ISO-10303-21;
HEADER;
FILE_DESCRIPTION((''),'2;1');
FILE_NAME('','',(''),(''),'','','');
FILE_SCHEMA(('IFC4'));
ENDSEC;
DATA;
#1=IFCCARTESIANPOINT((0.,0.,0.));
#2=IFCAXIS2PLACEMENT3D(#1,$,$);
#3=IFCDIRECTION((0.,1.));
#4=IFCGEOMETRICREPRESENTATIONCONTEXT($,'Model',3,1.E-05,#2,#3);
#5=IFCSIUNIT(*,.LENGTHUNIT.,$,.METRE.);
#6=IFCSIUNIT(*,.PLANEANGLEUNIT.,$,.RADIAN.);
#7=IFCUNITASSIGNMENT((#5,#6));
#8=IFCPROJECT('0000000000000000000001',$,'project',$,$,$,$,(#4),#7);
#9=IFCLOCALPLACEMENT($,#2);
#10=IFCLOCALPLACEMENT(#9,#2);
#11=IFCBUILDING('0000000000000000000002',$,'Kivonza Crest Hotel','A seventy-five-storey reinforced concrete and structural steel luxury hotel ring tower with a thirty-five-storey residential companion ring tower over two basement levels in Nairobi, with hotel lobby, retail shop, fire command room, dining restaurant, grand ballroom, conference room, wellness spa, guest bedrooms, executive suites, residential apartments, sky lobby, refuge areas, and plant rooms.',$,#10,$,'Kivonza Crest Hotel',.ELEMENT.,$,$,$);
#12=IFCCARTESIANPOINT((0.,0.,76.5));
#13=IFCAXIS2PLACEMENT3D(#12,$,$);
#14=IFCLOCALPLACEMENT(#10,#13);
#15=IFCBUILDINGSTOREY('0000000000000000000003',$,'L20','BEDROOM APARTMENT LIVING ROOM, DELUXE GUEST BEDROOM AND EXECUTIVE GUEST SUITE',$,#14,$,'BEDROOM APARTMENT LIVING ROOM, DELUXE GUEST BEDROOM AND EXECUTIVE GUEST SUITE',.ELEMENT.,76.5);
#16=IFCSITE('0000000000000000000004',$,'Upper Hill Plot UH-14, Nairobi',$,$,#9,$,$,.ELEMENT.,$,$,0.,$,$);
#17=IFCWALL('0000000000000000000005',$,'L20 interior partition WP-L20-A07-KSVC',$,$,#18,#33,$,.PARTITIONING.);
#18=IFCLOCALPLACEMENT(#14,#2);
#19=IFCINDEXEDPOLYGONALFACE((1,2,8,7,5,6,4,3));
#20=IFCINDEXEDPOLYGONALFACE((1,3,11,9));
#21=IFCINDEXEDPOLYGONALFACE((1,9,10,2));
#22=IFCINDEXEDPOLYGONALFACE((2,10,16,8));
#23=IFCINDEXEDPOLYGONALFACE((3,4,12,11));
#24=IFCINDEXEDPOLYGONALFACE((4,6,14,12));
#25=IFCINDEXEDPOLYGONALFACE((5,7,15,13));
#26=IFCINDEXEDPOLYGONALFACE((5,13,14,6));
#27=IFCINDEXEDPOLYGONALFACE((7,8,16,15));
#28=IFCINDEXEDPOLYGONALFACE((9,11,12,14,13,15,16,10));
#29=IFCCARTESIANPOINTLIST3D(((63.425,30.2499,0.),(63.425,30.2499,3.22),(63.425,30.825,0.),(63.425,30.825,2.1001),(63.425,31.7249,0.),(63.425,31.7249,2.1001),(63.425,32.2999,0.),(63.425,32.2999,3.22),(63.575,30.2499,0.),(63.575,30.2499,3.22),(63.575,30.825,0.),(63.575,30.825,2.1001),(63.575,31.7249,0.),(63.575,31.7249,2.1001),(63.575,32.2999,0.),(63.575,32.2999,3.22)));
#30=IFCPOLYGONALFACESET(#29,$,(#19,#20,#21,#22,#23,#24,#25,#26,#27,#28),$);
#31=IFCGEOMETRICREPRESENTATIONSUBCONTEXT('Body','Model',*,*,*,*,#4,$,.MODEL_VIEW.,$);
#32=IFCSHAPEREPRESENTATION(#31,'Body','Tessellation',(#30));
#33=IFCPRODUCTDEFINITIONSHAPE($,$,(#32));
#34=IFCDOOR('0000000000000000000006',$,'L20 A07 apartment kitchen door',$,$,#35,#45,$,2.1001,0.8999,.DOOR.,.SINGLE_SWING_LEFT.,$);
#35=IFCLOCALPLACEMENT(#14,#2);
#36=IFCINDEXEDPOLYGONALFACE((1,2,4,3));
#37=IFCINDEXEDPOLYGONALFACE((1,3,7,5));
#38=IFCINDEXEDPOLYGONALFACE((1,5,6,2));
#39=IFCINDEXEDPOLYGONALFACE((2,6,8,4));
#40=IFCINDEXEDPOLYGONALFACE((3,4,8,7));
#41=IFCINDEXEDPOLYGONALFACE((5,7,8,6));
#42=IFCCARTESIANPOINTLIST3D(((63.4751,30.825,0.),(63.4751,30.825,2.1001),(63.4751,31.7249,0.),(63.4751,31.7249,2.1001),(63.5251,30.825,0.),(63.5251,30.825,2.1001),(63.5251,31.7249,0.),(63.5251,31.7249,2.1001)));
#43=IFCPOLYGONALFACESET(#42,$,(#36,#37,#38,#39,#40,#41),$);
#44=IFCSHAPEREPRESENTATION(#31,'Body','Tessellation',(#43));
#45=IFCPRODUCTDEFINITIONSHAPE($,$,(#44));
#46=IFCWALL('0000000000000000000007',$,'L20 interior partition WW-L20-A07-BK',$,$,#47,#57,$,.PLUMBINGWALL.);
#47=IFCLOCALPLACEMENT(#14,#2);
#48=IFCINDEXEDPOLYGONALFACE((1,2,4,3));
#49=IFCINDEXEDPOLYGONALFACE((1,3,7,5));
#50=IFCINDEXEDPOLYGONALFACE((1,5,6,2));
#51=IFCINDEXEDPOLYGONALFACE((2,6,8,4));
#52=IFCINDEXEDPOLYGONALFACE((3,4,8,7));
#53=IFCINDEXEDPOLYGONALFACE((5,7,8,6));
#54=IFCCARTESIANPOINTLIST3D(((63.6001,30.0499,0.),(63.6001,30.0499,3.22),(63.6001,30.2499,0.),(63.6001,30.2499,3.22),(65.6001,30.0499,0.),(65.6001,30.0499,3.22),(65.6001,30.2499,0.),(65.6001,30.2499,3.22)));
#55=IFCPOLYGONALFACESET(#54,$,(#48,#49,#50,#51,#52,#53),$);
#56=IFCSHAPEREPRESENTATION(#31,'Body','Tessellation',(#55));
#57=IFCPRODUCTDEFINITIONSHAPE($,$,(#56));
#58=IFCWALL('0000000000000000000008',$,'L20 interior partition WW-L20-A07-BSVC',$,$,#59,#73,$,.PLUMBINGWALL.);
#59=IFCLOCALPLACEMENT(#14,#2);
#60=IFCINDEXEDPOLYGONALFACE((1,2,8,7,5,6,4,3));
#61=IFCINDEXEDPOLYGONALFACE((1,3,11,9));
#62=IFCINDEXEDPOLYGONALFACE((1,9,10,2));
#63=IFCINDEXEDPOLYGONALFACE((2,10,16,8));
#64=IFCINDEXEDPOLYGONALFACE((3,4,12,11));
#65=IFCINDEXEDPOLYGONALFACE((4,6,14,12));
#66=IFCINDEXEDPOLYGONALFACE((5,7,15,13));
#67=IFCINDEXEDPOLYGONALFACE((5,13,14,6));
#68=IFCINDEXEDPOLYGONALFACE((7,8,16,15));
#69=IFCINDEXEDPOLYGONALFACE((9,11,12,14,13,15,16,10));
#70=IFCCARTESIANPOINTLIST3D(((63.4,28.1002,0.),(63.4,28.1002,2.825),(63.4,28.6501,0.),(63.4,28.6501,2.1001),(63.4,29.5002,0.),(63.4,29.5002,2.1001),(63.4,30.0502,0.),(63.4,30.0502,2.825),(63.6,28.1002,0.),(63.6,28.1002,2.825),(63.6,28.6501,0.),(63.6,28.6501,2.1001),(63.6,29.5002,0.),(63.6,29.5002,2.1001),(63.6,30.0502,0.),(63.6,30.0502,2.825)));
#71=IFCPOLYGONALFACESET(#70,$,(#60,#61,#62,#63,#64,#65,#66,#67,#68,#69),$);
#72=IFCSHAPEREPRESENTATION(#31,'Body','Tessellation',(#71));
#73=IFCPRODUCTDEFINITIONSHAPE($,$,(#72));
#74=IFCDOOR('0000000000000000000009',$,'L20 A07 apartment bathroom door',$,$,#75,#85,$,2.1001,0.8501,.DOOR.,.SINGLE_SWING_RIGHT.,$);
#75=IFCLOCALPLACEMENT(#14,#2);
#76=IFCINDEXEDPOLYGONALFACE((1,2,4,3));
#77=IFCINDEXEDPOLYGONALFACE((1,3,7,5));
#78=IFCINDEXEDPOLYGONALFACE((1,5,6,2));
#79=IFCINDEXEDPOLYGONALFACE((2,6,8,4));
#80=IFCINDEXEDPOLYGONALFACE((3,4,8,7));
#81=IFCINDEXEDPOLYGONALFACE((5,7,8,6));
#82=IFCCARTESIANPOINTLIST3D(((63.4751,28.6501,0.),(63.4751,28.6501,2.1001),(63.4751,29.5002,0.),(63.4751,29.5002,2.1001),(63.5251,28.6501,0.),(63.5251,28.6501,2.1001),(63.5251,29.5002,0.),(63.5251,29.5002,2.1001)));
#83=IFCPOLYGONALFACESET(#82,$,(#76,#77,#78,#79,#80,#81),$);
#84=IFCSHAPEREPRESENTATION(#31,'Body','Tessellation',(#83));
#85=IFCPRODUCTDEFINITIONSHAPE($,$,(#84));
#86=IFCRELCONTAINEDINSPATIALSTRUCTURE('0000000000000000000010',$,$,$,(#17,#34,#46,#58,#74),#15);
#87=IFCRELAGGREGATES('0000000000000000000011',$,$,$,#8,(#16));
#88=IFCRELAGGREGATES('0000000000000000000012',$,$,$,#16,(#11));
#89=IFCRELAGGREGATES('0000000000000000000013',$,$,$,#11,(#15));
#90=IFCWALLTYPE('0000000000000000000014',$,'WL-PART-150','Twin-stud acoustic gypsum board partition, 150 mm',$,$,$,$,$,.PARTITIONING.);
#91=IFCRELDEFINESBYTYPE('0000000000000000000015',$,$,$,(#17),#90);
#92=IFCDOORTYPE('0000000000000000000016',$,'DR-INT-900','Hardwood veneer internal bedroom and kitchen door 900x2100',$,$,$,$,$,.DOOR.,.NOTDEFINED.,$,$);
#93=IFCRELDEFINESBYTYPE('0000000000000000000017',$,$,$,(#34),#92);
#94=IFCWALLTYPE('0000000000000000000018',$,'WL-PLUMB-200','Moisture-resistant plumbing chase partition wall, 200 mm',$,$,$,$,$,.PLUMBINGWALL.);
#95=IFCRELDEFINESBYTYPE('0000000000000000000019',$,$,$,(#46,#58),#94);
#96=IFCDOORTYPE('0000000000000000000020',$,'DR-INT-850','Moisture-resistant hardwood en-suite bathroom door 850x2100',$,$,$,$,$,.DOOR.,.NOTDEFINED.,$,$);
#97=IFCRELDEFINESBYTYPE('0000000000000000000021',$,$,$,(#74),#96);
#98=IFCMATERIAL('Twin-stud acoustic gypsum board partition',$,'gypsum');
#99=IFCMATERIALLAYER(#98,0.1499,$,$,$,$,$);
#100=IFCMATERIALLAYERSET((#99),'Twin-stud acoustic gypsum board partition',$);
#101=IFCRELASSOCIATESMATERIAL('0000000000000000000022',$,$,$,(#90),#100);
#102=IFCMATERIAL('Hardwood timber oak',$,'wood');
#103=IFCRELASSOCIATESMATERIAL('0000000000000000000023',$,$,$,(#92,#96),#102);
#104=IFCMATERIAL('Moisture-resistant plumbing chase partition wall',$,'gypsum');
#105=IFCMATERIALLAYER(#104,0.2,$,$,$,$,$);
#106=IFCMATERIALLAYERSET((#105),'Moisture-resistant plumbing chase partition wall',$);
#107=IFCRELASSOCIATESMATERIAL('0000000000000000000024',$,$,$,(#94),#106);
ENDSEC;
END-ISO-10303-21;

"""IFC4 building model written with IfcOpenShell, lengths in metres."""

from ifc_helpers import new_model, si_unit, direction, frame, frame_2d, origin, place, context, subcontext, project, spatial, rectangle, extrude, material, layer, layer_set, type_object, element, fill, save


model = new_model("IFC4")

# Units and contexts
model_context = context("Model", 3, precision=1e-05, world=origin(), true_north=direction((0.0, 1.0)))
body_context = subcontext(model_context, "Body", "Model", "MODEL_VIEW")
ifc_project = project(units=[si_unit("LENGTHUNIT", "METRE"), si_unit("PLANEANGLEUNIT", "RADIAN")], contexts=[model_context])

# Site, building, storey
site_placement = place(None, origin())
site = spatial("IfcSite", under=ifc_project, at=site_placement, Name="Upper Hill Plot UH-14, Nairobi", CompositionType="ELEMENT", RefElevation=0.0)
building_placement = place(site_placement, origin())
building = spatial("IfcBuilding", under=site, at=building_placement, Name="Kivonza Crest Hotel", Description="A seventy-five-storey reinforced concrete and structural steel luxury hotel ring tower with a thirty-five-storey residential companion ring tower over two basement levels in Nairobi, with hotel lobby, retail shop, fire command room, dining restaurant, grand ballroom, conference room, wellness spa, guest bedrooms, executive suites, residential apartments, sky lobby, refuge areas, and plant rooms.", LongName="Kivonza Crest Hotel", CompositionType="ELEMENT")
storey_placement = place(building_placement, frame((0.0, 0.0, 76.5)))
storey = spatial("IfcBuildingStorey", under=building, at=storey_placement, Name="L20", Description="BEDROOM APARTMENT LIVING ROOM, DELUXE GUEST BEDROOM AND EXECUTIVE GUEST SUITE", LongName="BEDROOM APARTMENT LIVING ROOM, DELUXE GUEST BEDROOM AND EXECUTIVE GUEST SUITE", CompositionType="ELEMENT", Elevation=76.5)

# Shared definitions
ifc_material_1 = material(Name="Twin-stud acoustic gypsum board partition", Category="gypsum")
ifc_layer_1 = layer(ifc_material_1, 0.1499)
ifc_layer_set_1 = layer_set([ifc_layer_1], Name="Twin-stud acoustic gypsum board partition")
wall_type_1 = type_object("IfcWallType", Name="WL-PART-150", Description="Twin-stud acoustic gypsum board partition, 150 mm", PredefinedType="PARTITIONING", material=ifc_layer_set_1)
ifc_material_2 = material(Name="Hardwood timber oak", Category="wood")
door_type_1 = type_object("IfcDoorType", Name="DR-INT-900", Description="Hardwood veneer internal bedroom and kitchen door 900x2100", OperationType="NOTDEFINED", PredefinedType="DOOR", material=ifc_material_2)

# Wall, opening, door
wall_1_placement = place(storey_placement, frame((63.5, 30.25, 0.0), z_axis=(0.0, 0.0, 1.0), x_axis=(0.0, 1.0, 0.0)))
wall_1 = element("IfcWall", 1, at=wall_1_placement, inside=storey, type_object=wall_type_1, Name="L20 interior partition WP-L20-A07-KSVC", PredefinedType="PARTITIONING", context=body_context, shape_type="SweptSolid", body=[
    extrude(rectangle(XDim=2.05, YDim=0.1499, at=frame_2d((1.0249, 0.0))), origin(), (0.0, 0.0, 1.0), 3.22),
])
opening_1_placement = place(wall_1_placement, frame((0.575, 0.0, 0.0)))
opening_1 = element("IfcOpeningElement", 2, at=opening_1_placement, cuts=wall_1, PredefinedType="OPENING", context=body_context, shape_type="SweptSolid", body=[
    extrude(rectangle(XDim=0.8999, YDim=2.1001, at=frame_2d((0.45, 1.05))), frame((0.0, 0.085, 0.0), z_axis=(0.0, -1.0, 0.0), x_axis=(1.0, 0.0, 0.0)), (0.0, 0.0, 1.0), 0.1699),
])
door_1_placement = place(opening_1_placement, origin())
door_1 = element("IfcDoor", 3, at=door_1_placement, inside=storey, type_object=door_type_1, Name="L20 A07 apartment kitchen door", OperationType="SINGLE_SWING_LEFT", OverallHeight=2.1001, OverallWidth=0.8999, PredefinedType="DOOR", context=body_context, shape_type="SweptSolid", body=[
    extrude(rectangle(XDim=0.8999, YDim=2.1001, at=frame_2d((0.45, 1.05))), frame((0.0, 0.0249, 0.0), z_axis=(0.0, -1.0, 0.0), x_axis=(1.0, 0.0, 0.0)), (0.0, 0.0, 1.0), 0.05),
])
fill(opening_1, door_1)

# Wall
ifc_material_3 = material(Name="Moisture-resistant plumbing chase partition wall", Category="gypsum")
ifc_layer_2 = layer(ifc_material_3, 0.2)
ifc_layer_set_2 = layer_set([ifc_layer_2], Name="Moisture-resistant plumbing chase partition wall")
wall_type_2 = type_object("IfcWallType", Name="WL-PLUMB-200", Description="Moisture-resistant plumbing chase partition wall, 200 mm", PredefinedType="PLUMBINGWALL", material=ifc_layer_set_2)
wall_2_placement = place(storey_placement, frame((63.6001, 30.1499, 0.0), z_axis=(0.0, 0.0, 1.0), x_axis=(1.0, 0.0, 0.0)))
element("IfcWall", 4, at=wall_2_placement, inside=storey, type_object=wall_type_2, Name="L20 interior partition WW-L20-A07-BK", PredefinedType="PLUMBINGWALL", context=body_context, shape_type="SweptSolid", body=[
    extrude(rectangle(XDim=2.0, YDim=0.2, at=frame_2d((1.0, 0.0))), origin(), (0.0, 0.0, 1.0), 3.22),
])

# Wall, opening, door
wall_3_placement = place(storey_placement, frame((63.5, 28.1001, 0.0), z_axis=(0.0, 0.0, 1.0), x_axis=(0.0, 1.0, 0.0)))
wall_3 = element("IfcWall", 5, at=wall_3_placement, inside=storey, type_object=wall_type_2, Name="L20 interior partition WW-L20-A07-BSVC", PredefinedType="PLUMBINGWALL", context=body_context, shape_type="SweptSolid", body=[
    extrude(rectangle(XDim=1.95, YDim=0.2, at=frame_2d((0.9751, 0.0))), origin(), (0.0, 0.0, 1.0), 2.825),
])
opening_2_placement = place(wall_3_placement, frame((0.55, 0.0, 0.0)))
opening_2 = element("IfcOpeningElement", 6, at=opening_2_placement, cuts=wall_3, PredefinedType="OPENING", context=body_context, shape_type="SweptSolid", body=[
    extrude(rectangle(XDim=0.8501, YDim=2.1001, at=frame_2d((0.425, 1.05))), frame((0.0, 0.1099, 0.0), z_axis=(0.0, -1.0, 0.0), x_axis=(1.0, 0.0, 0.0)), (0.0, 0.0, 1.0), 0.22),
])
door_type_2 = type_object("IfcDoorType", Name="DR-INT-850", Description="Moisture-resistant hardwood en-suite bathroom door 850x2100", OperationType="NOTDEFINED", PredefinedType="DOOR", material=ifc_material_2)
door_2_placement = place(opening_2_placement, origin())
door_2 = element("IfcDoor", 7, at=door_2_placement, inside=storey, type_object=door_type_2, Name="L20 A07 apartment bathroom door", OperationType="SINGLE_SWING_RIGHT", OverallHeight=2.1001, OverallWidth=0.8501, PredefinedType="DOOR", context=body_context, shape_type="SweptSolid", body=[
    extrude(rectangle(XDim=0.8501, YDim=2.1001, at=frame_2d((0.425, 1.05))), frame((0.0, 0.0249, 0.0), z_axis=(0.0, -1.0, 0.0), x_axis=(1.0, 0.0, 0.0)), (0.0, 0.0, 1.0), 0.05),
])
fill(opening_2, door_2)

save(model, "model.ifc")
